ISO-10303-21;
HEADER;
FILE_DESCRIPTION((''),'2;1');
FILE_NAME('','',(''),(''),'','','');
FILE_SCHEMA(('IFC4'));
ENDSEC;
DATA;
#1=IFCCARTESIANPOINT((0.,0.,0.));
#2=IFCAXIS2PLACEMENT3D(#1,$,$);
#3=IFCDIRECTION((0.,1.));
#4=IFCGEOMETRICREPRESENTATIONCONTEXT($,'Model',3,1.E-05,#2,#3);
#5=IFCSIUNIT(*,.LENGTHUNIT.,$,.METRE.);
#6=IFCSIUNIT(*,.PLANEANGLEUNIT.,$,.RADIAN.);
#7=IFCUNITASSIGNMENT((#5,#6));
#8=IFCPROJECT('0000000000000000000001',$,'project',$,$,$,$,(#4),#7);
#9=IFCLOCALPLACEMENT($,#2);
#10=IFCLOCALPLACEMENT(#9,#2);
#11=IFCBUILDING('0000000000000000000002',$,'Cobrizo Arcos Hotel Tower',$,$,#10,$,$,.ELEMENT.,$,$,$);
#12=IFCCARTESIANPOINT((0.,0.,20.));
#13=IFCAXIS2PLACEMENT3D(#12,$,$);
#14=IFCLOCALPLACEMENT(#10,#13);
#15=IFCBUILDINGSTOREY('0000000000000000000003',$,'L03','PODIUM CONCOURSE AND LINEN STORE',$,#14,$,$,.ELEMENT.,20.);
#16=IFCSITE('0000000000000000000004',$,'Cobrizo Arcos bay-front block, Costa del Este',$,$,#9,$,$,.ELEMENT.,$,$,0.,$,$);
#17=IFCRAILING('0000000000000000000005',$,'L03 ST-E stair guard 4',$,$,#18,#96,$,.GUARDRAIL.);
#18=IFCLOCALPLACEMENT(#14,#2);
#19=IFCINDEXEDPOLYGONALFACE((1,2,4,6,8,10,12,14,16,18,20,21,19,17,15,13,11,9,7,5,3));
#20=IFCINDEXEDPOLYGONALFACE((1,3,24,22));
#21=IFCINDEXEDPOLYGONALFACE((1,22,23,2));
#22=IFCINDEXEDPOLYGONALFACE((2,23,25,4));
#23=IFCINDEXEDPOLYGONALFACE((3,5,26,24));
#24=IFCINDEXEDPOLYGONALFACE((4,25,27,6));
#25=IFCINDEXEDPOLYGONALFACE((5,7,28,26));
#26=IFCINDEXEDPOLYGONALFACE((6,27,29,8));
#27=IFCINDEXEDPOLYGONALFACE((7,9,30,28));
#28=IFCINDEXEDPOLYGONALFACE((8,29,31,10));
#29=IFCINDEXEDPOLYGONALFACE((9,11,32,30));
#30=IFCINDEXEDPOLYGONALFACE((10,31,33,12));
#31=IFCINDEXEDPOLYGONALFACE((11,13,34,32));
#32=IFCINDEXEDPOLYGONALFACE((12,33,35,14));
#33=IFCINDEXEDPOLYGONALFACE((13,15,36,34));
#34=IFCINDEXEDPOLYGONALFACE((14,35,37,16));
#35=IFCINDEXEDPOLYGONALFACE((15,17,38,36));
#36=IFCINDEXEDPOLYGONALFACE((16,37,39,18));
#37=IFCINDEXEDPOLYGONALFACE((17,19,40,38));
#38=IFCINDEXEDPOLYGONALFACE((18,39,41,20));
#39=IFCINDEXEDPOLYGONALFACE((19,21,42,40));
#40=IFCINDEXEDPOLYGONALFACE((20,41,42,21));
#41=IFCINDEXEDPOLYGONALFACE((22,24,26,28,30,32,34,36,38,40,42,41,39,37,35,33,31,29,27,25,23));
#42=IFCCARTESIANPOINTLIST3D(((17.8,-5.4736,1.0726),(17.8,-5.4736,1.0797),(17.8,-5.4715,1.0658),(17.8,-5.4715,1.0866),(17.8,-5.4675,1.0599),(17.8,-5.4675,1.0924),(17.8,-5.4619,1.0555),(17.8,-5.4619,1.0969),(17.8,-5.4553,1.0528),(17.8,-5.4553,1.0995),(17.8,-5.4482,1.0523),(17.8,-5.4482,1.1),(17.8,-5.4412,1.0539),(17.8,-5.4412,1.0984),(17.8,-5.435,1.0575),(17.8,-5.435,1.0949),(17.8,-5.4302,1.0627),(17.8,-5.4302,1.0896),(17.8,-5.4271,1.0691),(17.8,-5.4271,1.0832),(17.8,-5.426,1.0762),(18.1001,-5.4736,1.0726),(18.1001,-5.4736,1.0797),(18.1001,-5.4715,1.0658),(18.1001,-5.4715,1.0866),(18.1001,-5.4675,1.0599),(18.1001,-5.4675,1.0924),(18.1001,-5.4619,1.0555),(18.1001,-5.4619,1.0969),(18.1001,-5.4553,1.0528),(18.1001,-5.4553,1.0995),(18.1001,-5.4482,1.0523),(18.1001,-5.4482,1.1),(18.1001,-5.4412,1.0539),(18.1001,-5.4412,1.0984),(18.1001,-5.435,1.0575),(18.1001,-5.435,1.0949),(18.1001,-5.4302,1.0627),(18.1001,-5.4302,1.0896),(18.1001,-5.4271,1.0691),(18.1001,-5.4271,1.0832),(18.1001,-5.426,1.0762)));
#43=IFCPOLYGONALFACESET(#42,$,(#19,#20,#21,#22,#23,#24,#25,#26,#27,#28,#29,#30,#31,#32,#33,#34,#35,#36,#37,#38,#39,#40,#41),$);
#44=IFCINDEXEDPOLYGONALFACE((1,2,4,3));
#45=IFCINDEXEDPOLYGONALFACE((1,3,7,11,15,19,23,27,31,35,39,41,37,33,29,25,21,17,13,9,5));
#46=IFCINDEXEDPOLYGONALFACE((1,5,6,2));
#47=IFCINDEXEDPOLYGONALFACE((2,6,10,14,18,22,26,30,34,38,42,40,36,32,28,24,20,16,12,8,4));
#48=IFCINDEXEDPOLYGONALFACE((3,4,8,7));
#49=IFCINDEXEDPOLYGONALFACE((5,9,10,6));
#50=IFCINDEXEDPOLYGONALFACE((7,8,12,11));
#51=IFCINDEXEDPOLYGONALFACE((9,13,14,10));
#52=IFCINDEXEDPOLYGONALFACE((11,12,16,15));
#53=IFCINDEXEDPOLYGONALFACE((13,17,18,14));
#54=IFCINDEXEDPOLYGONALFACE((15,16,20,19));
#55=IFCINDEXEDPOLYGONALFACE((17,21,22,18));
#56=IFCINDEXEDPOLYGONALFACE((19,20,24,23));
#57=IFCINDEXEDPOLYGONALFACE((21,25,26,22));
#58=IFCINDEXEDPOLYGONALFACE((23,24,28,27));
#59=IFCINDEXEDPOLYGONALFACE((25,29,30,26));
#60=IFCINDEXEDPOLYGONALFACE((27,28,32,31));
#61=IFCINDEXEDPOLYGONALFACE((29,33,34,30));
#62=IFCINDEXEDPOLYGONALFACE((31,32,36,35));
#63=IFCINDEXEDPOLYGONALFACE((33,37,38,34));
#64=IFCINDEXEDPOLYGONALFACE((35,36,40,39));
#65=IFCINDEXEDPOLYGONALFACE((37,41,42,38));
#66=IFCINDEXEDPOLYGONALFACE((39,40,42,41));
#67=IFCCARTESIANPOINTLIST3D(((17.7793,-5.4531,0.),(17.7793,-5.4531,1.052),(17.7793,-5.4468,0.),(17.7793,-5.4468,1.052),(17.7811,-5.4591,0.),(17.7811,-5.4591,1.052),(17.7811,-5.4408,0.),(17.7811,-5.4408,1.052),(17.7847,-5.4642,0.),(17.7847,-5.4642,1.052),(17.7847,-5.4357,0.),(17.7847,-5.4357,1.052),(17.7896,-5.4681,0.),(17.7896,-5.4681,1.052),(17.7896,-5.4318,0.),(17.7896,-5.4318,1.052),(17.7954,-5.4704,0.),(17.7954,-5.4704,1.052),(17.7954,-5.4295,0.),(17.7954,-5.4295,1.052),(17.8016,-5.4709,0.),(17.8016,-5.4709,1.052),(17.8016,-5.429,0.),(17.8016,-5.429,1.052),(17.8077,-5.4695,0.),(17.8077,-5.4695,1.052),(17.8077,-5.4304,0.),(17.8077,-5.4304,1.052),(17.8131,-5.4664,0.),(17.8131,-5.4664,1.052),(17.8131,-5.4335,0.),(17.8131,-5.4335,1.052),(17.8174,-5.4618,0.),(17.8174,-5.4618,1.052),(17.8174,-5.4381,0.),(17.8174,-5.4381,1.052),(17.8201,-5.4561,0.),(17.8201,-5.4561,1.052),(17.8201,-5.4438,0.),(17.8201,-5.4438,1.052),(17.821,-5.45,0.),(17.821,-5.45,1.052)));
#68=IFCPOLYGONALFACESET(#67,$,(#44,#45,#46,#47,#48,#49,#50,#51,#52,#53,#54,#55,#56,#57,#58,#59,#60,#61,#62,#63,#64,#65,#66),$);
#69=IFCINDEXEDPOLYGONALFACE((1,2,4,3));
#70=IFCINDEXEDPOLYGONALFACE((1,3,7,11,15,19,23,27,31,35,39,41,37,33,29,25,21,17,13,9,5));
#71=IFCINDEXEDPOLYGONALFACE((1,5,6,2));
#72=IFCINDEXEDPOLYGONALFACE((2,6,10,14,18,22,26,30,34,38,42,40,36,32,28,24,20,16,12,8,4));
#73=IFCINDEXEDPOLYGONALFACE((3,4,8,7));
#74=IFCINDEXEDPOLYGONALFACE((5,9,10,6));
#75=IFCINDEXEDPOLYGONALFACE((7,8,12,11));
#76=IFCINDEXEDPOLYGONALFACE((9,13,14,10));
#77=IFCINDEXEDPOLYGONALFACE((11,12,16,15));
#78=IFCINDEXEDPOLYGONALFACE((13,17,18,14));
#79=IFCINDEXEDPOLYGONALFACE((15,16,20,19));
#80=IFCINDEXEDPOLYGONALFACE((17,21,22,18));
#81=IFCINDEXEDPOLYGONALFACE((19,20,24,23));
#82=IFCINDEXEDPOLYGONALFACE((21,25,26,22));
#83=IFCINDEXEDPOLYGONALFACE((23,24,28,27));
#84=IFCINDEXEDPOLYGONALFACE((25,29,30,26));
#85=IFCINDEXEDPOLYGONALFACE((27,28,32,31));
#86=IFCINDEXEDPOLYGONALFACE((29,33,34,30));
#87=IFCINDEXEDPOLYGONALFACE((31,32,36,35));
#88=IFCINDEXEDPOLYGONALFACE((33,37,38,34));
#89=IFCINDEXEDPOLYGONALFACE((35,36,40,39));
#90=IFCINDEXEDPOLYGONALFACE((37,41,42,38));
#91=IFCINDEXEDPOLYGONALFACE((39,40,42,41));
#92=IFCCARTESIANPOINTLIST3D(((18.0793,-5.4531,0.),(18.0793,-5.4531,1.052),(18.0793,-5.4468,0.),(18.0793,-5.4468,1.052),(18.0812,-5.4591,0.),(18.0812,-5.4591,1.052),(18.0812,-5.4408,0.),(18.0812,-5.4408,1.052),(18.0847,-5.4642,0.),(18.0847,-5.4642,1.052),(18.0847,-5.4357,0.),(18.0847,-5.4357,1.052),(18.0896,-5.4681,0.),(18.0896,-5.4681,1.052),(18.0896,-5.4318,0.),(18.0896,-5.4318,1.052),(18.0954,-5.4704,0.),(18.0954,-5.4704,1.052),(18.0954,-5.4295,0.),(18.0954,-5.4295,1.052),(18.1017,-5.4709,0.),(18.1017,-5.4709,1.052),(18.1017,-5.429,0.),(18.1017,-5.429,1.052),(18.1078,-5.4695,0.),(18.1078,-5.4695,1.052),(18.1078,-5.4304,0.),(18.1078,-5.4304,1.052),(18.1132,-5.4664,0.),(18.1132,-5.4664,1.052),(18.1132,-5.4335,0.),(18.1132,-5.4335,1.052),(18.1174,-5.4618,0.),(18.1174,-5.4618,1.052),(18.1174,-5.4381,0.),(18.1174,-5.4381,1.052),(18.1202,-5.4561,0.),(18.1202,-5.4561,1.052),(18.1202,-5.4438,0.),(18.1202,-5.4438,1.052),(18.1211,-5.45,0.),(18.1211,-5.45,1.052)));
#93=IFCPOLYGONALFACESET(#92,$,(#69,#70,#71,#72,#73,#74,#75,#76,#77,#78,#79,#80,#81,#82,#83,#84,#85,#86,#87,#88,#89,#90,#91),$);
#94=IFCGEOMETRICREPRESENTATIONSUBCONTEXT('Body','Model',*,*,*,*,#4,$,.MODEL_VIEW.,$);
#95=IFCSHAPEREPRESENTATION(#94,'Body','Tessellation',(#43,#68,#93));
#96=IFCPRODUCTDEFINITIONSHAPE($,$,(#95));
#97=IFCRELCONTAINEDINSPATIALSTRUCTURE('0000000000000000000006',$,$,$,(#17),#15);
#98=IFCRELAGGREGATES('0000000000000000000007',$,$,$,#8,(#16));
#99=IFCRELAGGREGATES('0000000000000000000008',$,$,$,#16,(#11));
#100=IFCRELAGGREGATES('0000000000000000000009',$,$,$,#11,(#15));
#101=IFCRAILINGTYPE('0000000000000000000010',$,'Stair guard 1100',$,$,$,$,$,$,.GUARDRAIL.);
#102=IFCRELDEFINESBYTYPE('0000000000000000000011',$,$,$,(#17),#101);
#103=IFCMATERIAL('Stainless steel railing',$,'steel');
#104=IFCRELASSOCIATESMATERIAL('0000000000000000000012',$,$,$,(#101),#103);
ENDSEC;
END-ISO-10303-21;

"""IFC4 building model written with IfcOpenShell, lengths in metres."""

from ifc_helpers import new_model, si_unit, direction, frame, origin, origin_2d, place, context, subcontext, project, spatial, circle, extrude, material, type_object, element, save


model = new_model("IFC4")

# Units and contexts
model_context = context("Model", 3, precision=1e-05, world=origin(), true_north=direction((0.0, 1.0)))
body_context = subcontext(model_context, "Body", "Model", "MODEL_VIEW")
ifc_project = project(units=[si_unit("LENGTHUNIT", "METRE"), si_unit("PLANEANGLEUNIT", "RADIAN")], contexts=[model_context])

# Site, building, storey
site_placement = place(None, origin())
site = spatial("IfcSite", under=ifc_project, at=site_placement, Name="Cobrizo Arcos bay-front block, Costa del Este", CompositionType="ELEMENT", RefElevation=0.0)
building_placement = place(site_placement, origin())
building = spatial("IfcBuilding", under=site, at=building_placement, Name="Cobrizo Arcos Hotel Tower", CompositionType="ELEMENT")
storey_placement = place(building_placement, frame((0.0, 0.0, 20.0)))
storey = spatial("IfcBuildingStorey", under=building, at=storey_placement, Name="L03", Description="PODIUM CONCOURSE AND LINEN STORE", CompositionType="ELEMENT", Elevation=20.0)

# Railing
ifc_material_1 = material(Name="Stainless steel railing", Category="steel")
railing_type_1 = type_object("IfcRailingType", Name="Stair guard 1100", PredefinedType="GUARDRAIL", material=ifc_material_1)
railing_1_placement = place(storey_placement, frame((17.8, -5.45, 0.0)))
element("IfcRailing", 1, at=railing_1_placement, inside=storey, type_object=railing_type_1, Name="L03 ST-E stair guard 4", PredefinedType="GUARDRAIL", context=body_context, shape_type="SweptSolid", body=[
    extrude(circle(Radius=0.0239, at=origin_2d()), frame((0.0, 0.0, 1.0762), z_axis=(1.0, 0.0, 0.0), x_axis=(0.0, 1.0, 0.0)), (0.0, 0.0, 1.0), 0.3),
    extrude(circle(Radius=0.021, at=origin_2d()), origin(), (0.0, 0.0, 1.0), 1.052),
    extrude(circle(Radius=0.021, at=origin_2d()), frame((0.3, 0.0, 0.0)), (0.0, 0.0, 1.0), 1.052),
])

save(model, "model.ifc")
